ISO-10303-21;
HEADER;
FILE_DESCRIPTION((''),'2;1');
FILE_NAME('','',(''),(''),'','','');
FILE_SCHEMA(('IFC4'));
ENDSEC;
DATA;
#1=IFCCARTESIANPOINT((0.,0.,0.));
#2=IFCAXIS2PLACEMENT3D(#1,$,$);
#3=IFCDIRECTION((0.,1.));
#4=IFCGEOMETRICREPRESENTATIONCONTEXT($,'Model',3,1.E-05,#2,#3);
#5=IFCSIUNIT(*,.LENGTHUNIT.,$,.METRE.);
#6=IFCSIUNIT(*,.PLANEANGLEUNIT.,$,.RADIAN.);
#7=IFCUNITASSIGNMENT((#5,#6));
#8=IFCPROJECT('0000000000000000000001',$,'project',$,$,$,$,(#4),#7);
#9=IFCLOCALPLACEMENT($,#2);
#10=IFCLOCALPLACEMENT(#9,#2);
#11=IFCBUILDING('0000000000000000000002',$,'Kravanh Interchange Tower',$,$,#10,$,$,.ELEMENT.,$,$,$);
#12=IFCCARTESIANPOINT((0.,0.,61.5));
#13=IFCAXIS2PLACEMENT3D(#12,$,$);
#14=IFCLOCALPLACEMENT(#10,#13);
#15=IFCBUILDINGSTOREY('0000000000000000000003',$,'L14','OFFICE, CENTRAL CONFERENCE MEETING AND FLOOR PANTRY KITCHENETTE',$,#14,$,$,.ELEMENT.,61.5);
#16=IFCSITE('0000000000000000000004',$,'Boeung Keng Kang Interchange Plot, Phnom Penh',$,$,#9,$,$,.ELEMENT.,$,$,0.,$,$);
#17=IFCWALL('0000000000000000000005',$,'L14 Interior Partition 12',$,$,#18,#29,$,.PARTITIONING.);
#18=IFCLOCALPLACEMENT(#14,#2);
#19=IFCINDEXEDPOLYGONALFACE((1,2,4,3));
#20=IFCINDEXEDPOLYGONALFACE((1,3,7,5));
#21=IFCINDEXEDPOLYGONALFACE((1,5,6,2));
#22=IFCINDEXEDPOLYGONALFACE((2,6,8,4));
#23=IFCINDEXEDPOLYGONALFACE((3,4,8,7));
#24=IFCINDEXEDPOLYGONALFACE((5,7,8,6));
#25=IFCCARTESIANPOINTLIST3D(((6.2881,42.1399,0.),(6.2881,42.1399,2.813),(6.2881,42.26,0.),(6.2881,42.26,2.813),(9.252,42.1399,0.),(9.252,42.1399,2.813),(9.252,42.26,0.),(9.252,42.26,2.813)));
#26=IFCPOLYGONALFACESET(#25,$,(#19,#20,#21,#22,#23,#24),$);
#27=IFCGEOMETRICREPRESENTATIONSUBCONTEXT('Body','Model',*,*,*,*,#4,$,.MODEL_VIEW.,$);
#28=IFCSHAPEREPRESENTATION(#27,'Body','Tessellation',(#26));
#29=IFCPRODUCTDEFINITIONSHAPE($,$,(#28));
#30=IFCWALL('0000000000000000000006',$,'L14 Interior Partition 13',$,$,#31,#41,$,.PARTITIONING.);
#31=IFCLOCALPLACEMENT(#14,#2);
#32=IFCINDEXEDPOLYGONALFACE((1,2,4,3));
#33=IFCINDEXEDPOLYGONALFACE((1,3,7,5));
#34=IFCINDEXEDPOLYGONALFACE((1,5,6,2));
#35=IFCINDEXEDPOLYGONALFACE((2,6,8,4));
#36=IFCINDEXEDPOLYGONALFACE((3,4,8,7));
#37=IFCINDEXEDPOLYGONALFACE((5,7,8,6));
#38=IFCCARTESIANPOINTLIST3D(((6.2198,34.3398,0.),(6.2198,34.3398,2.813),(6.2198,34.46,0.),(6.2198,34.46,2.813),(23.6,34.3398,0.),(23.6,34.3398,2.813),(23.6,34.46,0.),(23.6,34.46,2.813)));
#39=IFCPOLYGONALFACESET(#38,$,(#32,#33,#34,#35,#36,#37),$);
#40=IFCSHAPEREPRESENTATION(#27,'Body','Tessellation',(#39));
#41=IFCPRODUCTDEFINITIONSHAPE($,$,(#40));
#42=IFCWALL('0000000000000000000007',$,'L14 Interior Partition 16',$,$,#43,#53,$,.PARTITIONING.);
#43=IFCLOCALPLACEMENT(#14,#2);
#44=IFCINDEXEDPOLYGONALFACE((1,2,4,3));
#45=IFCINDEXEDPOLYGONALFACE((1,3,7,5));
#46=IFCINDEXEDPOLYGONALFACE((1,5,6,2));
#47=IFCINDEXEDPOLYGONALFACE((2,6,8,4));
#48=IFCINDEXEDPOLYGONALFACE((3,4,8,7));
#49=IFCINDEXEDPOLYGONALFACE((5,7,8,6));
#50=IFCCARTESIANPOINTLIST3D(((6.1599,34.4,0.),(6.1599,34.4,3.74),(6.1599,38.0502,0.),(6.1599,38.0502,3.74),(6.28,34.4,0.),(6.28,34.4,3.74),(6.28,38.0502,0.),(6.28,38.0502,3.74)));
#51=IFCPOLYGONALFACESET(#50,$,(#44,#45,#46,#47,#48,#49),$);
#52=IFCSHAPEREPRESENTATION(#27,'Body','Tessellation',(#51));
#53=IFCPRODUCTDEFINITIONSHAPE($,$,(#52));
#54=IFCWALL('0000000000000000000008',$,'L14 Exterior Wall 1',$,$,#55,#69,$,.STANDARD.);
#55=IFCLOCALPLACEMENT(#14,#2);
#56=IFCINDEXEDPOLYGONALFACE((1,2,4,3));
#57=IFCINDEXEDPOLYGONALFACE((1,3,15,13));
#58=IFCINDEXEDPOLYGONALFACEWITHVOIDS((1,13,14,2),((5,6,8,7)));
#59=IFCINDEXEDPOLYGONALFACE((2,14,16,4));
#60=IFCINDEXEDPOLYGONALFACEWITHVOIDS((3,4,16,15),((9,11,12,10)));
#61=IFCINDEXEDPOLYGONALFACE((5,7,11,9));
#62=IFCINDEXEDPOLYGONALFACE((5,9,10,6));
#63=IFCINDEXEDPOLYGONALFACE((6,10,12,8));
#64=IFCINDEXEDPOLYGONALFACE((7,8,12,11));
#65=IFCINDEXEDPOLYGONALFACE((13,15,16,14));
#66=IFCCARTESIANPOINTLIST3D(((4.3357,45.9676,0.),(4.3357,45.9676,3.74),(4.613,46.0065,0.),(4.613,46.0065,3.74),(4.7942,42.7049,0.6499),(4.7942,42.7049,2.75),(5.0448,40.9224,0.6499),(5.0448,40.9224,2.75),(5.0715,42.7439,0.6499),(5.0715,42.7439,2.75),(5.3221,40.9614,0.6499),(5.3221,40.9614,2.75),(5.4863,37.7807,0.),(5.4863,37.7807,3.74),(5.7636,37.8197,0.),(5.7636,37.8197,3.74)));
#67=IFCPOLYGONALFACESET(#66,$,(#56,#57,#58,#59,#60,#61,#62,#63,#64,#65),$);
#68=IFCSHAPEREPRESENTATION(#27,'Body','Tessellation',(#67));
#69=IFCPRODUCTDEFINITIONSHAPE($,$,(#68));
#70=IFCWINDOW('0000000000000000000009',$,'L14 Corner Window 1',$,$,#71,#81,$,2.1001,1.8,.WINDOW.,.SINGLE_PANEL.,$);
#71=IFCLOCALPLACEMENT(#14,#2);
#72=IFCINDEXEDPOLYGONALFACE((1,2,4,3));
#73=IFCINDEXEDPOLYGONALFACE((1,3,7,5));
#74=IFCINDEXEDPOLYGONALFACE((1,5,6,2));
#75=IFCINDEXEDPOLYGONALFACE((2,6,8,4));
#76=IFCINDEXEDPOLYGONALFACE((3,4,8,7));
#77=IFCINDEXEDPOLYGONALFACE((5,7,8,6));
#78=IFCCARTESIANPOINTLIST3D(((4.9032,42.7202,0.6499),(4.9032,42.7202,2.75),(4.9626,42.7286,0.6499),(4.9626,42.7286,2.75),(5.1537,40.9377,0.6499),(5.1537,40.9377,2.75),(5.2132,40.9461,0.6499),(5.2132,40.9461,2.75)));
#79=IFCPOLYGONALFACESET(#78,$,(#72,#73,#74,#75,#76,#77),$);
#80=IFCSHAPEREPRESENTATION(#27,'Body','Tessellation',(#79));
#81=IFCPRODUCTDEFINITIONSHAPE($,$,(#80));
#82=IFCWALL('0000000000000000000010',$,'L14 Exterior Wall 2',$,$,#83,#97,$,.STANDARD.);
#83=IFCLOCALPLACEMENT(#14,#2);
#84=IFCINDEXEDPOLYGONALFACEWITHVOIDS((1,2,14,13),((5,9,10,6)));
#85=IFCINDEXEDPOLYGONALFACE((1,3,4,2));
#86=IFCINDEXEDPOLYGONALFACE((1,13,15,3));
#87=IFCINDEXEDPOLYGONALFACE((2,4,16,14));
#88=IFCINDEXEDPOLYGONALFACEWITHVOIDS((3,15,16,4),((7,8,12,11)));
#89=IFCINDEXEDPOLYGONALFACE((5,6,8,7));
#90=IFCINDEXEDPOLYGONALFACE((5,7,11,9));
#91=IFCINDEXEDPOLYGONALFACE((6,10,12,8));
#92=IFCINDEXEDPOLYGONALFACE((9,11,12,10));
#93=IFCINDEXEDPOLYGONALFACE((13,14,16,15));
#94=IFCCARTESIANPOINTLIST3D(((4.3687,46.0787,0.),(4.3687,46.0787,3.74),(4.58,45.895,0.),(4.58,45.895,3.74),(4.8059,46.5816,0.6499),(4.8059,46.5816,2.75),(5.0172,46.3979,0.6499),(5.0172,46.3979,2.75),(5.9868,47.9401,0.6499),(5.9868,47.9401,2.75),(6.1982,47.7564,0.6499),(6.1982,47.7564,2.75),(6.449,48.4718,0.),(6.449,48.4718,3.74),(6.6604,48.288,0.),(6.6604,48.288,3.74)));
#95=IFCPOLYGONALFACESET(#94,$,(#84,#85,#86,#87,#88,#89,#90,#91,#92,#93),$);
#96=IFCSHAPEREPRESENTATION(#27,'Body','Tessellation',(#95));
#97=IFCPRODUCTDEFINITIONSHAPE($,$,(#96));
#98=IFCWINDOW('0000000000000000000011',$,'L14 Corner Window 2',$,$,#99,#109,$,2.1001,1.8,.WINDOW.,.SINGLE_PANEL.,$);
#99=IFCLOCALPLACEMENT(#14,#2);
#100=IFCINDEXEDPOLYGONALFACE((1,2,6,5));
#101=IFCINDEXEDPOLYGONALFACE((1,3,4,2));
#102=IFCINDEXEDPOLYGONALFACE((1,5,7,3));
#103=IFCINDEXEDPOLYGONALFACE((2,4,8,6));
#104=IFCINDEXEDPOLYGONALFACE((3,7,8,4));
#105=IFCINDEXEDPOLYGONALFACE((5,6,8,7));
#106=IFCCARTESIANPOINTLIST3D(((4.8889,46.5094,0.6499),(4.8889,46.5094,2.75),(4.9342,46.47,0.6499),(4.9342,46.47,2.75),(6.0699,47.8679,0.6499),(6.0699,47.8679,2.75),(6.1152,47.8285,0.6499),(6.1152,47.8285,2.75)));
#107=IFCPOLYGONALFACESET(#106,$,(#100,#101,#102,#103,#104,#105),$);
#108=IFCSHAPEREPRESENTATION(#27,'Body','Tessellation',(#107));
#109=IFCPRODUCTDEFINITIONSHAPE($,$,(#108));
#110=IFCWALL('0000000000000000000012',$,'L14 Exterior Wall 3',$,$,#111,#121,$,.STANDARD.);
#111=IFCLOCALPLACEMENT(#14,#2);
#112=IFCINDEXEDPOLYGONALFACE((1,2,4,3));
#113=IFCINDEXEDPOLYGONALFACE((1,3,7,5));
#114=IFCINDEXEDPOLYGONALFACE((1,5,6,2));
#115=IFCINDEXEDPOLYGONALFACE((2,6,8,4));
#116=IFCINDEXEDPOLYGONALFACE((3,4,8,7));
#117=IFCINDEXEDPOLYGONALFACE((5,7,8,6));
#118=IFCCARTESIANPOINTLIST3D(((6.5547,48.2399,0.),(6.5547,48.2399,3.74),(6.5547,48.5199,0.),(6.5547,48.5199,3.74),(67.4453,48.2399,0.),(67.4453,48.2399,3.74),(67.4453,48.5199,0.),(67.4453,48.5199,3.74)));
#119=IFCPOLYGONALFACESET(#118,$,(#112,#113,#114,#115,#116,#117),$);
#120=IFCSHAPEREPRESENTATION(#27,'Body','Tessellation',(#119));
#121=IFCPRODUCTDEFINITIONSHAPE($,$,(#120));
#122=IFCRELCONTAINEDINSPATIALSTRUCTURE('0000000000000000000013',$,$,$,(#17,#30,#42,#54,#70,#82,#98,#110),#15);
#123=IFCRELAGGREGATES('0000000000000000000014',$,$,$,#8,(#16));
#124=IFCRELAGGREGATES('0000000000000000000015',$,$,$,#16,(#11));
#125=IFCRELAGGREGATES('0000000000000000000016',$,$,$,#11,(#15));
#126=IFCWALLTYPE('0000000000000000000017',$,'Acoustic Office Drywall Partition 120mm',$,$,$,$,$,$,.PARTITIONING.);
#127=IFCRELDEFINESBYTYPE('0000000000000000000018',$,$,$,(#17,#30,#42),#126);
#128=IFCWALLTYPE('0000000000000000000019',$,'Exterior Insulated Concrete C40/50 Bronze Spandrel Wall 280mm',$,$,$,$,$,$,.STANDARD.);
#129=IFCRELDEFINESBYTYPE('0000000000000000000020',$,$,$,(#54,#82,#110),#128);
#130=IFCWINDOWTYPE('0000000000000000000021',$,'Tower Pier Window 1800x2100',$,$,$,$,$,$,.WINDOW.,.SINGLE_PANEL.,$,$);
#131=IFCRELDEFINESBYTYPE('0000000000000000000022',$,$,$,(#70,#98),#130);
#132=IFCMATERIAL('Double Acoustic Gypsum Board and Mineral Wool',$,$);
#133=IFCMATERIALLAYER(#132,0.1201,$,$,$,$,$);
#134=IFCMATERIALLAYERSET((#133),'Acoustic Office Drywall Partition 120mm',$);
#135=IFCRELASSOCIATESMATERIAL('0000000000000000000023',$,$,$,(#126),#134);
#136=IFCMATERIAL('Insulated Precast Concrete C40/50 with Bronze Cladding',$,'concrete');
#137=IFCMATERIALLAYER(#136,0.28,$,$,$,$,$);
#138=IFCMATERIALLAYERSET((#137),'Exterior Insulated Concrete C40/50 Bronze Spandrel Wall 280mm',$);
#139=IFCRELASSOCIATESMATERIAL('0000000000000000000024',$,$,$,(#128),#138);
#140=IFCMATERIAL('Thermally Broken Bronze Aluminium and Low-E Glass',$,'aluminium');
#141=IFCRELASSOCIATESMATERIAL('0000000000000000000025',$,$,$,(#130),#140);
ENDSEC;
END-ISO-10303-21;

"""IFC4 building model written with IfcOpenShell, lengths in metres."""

from ifc_helpers import new_model, si_unit, direction, frame, frame_2d, origin, place, context, subcontext, project, spatial, rectangle, extrude, material, layer, layer_set, type_object, element, fill, save


model = new_model("IFC4")

# Units and contexts
model_context = context("Model", 3, precision=1e-05, world=origin(), true_north=direction((0.0, 1.0)))
body_context = subcontext(model_context, "Body", "Model", "MODEL_VIEW")
ifc_project = project(units=[si_unit("LENGTHUNIT", "METRE"), si_unit("PLANEANGLEUNIT", "RADIAN")], contexts=[model_context])

# Site, building, storey
site_placement = place(None, origin())
site = spatial("IfcSite", under=ifc_project, at=site_placement, Name="Boeung Keng Kang Interchange Plot, Phnom Penh", CompositionType="ELEMENT", RefElevation=0.0)
building_placement = place(site_placement, origin())
building = spatial("IfcBuilding", under=site, at=building_placement, Name="Kravanh Interchange Tower", CompositionType="ELEMENT")
storey_placement = place(building_placement, frame((0.0, 0.0, 61.5)))
storey = spatial("IfcBuildingStorey", under=building, at=storey_placement, Name="L14", Description="OFFICE, CENTRAL CONFERENCE MEETING AND FLOOR PANTRY KITCHENETTE", CompositionType="ELEMENT", Elevation=61.5)

# Shared definitions
ifc_material_1 = material(Name="Double Acoustic Gypsum Board and Mineral Wool")
ifc_layer_1 = layer(ifc_material_1, 0.1201)
ifc_layer_set_1 = layer_set([ifc_layer_1], Name="Acoustic Office Drywall Partition 120mm")
wall_type_1 = type_object("IfcWallType", Name="Acoustic Office Drywall Partition 120mm", PredefinedType="PARTITIONING", material=ifc_layer_set_1)

# Walls
wall_1_placement = place(storey_placement, frame((6.2881, 42.2, 0.0), z_axis=(0.0, 0.0, 1.0), x_axis=(1.0, 0.0, 0.0)))
element("IfcWall", 1, at=wall_1_placement, inside=storey, type_object=wall_type_1, Name="L14 Interior Partition 12", PredefinedType="PARTITIONING", context=body_context, shape_type="SweptSolid", body=[
    extrude(rectangle(XDim=2.9639, YDim=0.1201, at=frame_2d((1.4819, 0.0))), origin(), (0.0, 0.0, 1.0), 2.813),
])
wall_2_placement = place(storey_placement, frame((6.22, 34.3999, 0.0), z_axis=(0.0, 0.0, 1.0), x_axis=(1.0, 0.0, 0.0)))
element("IfcWall", 2, at=wall_2_placement, inside=storey, type_object=wall_type_1, Name="L14 Interior Partition 13", PredefinedType="PARTITIONING", context=body_context, shape_type="SweptSolid", body=[
    extrude(rectangle(XDim=17.3801, YDim=0.1201, at=frame_2d((8.6899, 0.0))), origin(), (0.0, 0.0, 1.0), 2.813),
])
wall_3_placement = place(storey_placement, frame((6.22, 34.3999, 0.0), z_axis=(0.0, 0.0, 1.0), x_axis=(0.0, 1.0, 0.0)))
element("IfcWall", 3, at=wall_3_placement, inside=storey, type_object=wall_type_1, Name="L14 Interior Partition 16", PredefinedType="PARTITIONING", context=body_context, shape_type="SweptSolid", body=[
    extrude(rectangle(XDim=3.6501, YDim=0.1201, at=frame_2d((1.8252, 0.0))), origin(), (0.0, 0.0, 1.0), 3.74),
])

# Walls, openings, windows
ifc_material_2 = material(Name="Insulated Precast Concrete C40/50 with Bronze Cladding", Category="concrete")
ifc_layer_2 = layer(ifc_material_2, 0.28)
ifc_layer_set_2 = layer_set([ifc_layer_2], Name="Exterior Insulated Concrete C40/50 Bronze Spandrel Wall 280mm")
wall_type_2 = type_object("IfcWallType", Name="Exterior Insulated Concrete C40/50 Bronze Spandrel Wall 280mm", PredefinedType="STANDARD", material=ifc_layer_set_2)
wall_4_placement = place(storey_placement, frame((5.625, 37.8, 0.0), z_axis=(0.0, 0.0, 1.0), x_axis=(-0.13918, 0.990267, 0.0)))
wall_4 = element("IfcWall", 4, at=wall_4_placement, inside=storey, type_object=wall_type_2, Name="L14 Exterior Wall 1", PredefinedType="STANDARD", context=body_context, shape_type="SweptSolid", body=[
    extrude(rectangle(XDim=8.2673, YDim=0.28, at=frame_2d((4.1338, 0.0))), origin(), (0.0, 0.0, 1.0), 3.74),
])
opening_1_placement = place(wall_4_placement, frame((3.1729, 0.0, 0.6499)))
opening_1 = element("IfcOpeningElement", 5, at=opening_1_placement, cuts=wall_4, PredefinedType="OPENING", context=body_context, shape_type="SweptSolid", body=[
    extrude(rectangle(XDim=1.8, YDim=2.1001, at=frame_2d((0.8999, 1.05))), frame((0.0, 0.1499, 0.0), z_axis=(0.0, -1.0, 0.0), x_axis=(1.0, 0.0, 0.0)), (0.0, 0.0, 1.0), 0.3),
])
ifc_material_3 = material(Name="Thermally Broken Bronze Aluminium and Low-E Glass", Category="aluminium")
window_type = type_object("IfcWindowType", Name="Tower Pier Window 1800x2100", PartitioningType="SINGLE_PANEL", PredefinedType="WINDOW", material=ifc_material_3)
window_1_placement = place(opening_1_placement, origin())
window_1 = element("IfcWindow", 6, at=window_1_placement, inside=storey, type_object=window_type, Name="L14 Corner Window 1", OverallHeight=2.1001, OverallWidth=1.8, PartitioningType="SINGLE_PANEL", PredefinedType="WINDOW", context=body_context, shape_type="SweptSolid", body=[
    extrude(rectangle(XDim=1.8, YDim=2.1001, at=frame_2d((0.8999, 1.05))), frame((0.0, 0.03, 0.0), z_axis=(0.0, -1.0, 0.0), x_axis=(1.0, 0.0, 0.0)), (0.0, 0.0, 1.0), 0.0601),
])
fill(opening_1, window_1)
wall_5_placement = place(storey_placement, frame((4.4744, 45.9868, 0.0), z_axis=(0.0, 0.0, 1.0), x_axis=(0.65607, 0.7547, 0.0)))
wall_5 = element("IfcWall", 7, at=wall_5_placement, inside=storey, type_object=wall_type_2, Name="L14 Exterior Wall 2", PredefinedType="STANDARD", context=body_context, shape_type="SweptSolid", body=[
    extrude(rectangle(XDim=3.1709, YDim=0.28, at=frame_2d((1.5854, 0.0))), origin(), (0.0, 0.0, 1.0), 3.74),
])
opening_2_placement = place(wall_5_placement, frame((0.6665, 0.0, 0.6499)))
opening_2 = element("IfcOpeningElement", 8, at=opening_2_placement, cuts=wall_5, PredefinedType="OPENING", context=body_context, shape_type="SweptSolid", body=[
    extrude(rectangle(XDim=1.8, YDim=2.1001, at=frame_2d((0.8999, 1.05))), frame((0.0, 0.1499, 0.0), z_axis=(0.0, -1.0, 0.0), x_axis=(1.0, 0.0, 0.0)), (0.0, 0.0, 1.0), 0.3),
])
window_2_placement = place(opening_2_placement, origin())
window_2 = element("IfcWindow", 9, at=window_2_placement, inside=storey, type_object=window_type, Name="L14 Corner Window 2", OverallHeight=2.1001, OverallWidth=1.8, PartitioningType="SINGLE_PANEL", PredefinedType="WINDOW", context=body_context, shape_type="SweptSolid", body=[
    extrude(rectangle(XDim=1.8, YDim=2.1001, at=frame_2d((0.8999, 1.05))), frame((0.0, 0.03, 0.0), z_axis=(0.0, -1.0, 0.0), x_axis=(1.0, 0.0, 0.0)), (0.0, 0.0, 1.0), 0.0601),
])
fill(opening_2, window_2)

# Wall
wall_6_placement = place(storey_placement, frame((6.5547, 48.3799, 0.0), z_axis=(0.0, 0.0, 1.0), x_axis=(1.0, 0.0, 0.0)))
element("IfcWall", 10, at=wall_6_placement, inside=storey, type_object=wall_type_2, Name="L14 Exterior Wall 3", PredefinedType="STANDARD", context=body_context, shape_type="SweptSolid", body=[
    extrude(rectangle(XDim=60.8906, YDim=0.28, at=frame_2d((30.4453, 0.0))), origin(), (0.0, 0.0, 1.0), 3.74),
])

save(model, "model.ifc")
